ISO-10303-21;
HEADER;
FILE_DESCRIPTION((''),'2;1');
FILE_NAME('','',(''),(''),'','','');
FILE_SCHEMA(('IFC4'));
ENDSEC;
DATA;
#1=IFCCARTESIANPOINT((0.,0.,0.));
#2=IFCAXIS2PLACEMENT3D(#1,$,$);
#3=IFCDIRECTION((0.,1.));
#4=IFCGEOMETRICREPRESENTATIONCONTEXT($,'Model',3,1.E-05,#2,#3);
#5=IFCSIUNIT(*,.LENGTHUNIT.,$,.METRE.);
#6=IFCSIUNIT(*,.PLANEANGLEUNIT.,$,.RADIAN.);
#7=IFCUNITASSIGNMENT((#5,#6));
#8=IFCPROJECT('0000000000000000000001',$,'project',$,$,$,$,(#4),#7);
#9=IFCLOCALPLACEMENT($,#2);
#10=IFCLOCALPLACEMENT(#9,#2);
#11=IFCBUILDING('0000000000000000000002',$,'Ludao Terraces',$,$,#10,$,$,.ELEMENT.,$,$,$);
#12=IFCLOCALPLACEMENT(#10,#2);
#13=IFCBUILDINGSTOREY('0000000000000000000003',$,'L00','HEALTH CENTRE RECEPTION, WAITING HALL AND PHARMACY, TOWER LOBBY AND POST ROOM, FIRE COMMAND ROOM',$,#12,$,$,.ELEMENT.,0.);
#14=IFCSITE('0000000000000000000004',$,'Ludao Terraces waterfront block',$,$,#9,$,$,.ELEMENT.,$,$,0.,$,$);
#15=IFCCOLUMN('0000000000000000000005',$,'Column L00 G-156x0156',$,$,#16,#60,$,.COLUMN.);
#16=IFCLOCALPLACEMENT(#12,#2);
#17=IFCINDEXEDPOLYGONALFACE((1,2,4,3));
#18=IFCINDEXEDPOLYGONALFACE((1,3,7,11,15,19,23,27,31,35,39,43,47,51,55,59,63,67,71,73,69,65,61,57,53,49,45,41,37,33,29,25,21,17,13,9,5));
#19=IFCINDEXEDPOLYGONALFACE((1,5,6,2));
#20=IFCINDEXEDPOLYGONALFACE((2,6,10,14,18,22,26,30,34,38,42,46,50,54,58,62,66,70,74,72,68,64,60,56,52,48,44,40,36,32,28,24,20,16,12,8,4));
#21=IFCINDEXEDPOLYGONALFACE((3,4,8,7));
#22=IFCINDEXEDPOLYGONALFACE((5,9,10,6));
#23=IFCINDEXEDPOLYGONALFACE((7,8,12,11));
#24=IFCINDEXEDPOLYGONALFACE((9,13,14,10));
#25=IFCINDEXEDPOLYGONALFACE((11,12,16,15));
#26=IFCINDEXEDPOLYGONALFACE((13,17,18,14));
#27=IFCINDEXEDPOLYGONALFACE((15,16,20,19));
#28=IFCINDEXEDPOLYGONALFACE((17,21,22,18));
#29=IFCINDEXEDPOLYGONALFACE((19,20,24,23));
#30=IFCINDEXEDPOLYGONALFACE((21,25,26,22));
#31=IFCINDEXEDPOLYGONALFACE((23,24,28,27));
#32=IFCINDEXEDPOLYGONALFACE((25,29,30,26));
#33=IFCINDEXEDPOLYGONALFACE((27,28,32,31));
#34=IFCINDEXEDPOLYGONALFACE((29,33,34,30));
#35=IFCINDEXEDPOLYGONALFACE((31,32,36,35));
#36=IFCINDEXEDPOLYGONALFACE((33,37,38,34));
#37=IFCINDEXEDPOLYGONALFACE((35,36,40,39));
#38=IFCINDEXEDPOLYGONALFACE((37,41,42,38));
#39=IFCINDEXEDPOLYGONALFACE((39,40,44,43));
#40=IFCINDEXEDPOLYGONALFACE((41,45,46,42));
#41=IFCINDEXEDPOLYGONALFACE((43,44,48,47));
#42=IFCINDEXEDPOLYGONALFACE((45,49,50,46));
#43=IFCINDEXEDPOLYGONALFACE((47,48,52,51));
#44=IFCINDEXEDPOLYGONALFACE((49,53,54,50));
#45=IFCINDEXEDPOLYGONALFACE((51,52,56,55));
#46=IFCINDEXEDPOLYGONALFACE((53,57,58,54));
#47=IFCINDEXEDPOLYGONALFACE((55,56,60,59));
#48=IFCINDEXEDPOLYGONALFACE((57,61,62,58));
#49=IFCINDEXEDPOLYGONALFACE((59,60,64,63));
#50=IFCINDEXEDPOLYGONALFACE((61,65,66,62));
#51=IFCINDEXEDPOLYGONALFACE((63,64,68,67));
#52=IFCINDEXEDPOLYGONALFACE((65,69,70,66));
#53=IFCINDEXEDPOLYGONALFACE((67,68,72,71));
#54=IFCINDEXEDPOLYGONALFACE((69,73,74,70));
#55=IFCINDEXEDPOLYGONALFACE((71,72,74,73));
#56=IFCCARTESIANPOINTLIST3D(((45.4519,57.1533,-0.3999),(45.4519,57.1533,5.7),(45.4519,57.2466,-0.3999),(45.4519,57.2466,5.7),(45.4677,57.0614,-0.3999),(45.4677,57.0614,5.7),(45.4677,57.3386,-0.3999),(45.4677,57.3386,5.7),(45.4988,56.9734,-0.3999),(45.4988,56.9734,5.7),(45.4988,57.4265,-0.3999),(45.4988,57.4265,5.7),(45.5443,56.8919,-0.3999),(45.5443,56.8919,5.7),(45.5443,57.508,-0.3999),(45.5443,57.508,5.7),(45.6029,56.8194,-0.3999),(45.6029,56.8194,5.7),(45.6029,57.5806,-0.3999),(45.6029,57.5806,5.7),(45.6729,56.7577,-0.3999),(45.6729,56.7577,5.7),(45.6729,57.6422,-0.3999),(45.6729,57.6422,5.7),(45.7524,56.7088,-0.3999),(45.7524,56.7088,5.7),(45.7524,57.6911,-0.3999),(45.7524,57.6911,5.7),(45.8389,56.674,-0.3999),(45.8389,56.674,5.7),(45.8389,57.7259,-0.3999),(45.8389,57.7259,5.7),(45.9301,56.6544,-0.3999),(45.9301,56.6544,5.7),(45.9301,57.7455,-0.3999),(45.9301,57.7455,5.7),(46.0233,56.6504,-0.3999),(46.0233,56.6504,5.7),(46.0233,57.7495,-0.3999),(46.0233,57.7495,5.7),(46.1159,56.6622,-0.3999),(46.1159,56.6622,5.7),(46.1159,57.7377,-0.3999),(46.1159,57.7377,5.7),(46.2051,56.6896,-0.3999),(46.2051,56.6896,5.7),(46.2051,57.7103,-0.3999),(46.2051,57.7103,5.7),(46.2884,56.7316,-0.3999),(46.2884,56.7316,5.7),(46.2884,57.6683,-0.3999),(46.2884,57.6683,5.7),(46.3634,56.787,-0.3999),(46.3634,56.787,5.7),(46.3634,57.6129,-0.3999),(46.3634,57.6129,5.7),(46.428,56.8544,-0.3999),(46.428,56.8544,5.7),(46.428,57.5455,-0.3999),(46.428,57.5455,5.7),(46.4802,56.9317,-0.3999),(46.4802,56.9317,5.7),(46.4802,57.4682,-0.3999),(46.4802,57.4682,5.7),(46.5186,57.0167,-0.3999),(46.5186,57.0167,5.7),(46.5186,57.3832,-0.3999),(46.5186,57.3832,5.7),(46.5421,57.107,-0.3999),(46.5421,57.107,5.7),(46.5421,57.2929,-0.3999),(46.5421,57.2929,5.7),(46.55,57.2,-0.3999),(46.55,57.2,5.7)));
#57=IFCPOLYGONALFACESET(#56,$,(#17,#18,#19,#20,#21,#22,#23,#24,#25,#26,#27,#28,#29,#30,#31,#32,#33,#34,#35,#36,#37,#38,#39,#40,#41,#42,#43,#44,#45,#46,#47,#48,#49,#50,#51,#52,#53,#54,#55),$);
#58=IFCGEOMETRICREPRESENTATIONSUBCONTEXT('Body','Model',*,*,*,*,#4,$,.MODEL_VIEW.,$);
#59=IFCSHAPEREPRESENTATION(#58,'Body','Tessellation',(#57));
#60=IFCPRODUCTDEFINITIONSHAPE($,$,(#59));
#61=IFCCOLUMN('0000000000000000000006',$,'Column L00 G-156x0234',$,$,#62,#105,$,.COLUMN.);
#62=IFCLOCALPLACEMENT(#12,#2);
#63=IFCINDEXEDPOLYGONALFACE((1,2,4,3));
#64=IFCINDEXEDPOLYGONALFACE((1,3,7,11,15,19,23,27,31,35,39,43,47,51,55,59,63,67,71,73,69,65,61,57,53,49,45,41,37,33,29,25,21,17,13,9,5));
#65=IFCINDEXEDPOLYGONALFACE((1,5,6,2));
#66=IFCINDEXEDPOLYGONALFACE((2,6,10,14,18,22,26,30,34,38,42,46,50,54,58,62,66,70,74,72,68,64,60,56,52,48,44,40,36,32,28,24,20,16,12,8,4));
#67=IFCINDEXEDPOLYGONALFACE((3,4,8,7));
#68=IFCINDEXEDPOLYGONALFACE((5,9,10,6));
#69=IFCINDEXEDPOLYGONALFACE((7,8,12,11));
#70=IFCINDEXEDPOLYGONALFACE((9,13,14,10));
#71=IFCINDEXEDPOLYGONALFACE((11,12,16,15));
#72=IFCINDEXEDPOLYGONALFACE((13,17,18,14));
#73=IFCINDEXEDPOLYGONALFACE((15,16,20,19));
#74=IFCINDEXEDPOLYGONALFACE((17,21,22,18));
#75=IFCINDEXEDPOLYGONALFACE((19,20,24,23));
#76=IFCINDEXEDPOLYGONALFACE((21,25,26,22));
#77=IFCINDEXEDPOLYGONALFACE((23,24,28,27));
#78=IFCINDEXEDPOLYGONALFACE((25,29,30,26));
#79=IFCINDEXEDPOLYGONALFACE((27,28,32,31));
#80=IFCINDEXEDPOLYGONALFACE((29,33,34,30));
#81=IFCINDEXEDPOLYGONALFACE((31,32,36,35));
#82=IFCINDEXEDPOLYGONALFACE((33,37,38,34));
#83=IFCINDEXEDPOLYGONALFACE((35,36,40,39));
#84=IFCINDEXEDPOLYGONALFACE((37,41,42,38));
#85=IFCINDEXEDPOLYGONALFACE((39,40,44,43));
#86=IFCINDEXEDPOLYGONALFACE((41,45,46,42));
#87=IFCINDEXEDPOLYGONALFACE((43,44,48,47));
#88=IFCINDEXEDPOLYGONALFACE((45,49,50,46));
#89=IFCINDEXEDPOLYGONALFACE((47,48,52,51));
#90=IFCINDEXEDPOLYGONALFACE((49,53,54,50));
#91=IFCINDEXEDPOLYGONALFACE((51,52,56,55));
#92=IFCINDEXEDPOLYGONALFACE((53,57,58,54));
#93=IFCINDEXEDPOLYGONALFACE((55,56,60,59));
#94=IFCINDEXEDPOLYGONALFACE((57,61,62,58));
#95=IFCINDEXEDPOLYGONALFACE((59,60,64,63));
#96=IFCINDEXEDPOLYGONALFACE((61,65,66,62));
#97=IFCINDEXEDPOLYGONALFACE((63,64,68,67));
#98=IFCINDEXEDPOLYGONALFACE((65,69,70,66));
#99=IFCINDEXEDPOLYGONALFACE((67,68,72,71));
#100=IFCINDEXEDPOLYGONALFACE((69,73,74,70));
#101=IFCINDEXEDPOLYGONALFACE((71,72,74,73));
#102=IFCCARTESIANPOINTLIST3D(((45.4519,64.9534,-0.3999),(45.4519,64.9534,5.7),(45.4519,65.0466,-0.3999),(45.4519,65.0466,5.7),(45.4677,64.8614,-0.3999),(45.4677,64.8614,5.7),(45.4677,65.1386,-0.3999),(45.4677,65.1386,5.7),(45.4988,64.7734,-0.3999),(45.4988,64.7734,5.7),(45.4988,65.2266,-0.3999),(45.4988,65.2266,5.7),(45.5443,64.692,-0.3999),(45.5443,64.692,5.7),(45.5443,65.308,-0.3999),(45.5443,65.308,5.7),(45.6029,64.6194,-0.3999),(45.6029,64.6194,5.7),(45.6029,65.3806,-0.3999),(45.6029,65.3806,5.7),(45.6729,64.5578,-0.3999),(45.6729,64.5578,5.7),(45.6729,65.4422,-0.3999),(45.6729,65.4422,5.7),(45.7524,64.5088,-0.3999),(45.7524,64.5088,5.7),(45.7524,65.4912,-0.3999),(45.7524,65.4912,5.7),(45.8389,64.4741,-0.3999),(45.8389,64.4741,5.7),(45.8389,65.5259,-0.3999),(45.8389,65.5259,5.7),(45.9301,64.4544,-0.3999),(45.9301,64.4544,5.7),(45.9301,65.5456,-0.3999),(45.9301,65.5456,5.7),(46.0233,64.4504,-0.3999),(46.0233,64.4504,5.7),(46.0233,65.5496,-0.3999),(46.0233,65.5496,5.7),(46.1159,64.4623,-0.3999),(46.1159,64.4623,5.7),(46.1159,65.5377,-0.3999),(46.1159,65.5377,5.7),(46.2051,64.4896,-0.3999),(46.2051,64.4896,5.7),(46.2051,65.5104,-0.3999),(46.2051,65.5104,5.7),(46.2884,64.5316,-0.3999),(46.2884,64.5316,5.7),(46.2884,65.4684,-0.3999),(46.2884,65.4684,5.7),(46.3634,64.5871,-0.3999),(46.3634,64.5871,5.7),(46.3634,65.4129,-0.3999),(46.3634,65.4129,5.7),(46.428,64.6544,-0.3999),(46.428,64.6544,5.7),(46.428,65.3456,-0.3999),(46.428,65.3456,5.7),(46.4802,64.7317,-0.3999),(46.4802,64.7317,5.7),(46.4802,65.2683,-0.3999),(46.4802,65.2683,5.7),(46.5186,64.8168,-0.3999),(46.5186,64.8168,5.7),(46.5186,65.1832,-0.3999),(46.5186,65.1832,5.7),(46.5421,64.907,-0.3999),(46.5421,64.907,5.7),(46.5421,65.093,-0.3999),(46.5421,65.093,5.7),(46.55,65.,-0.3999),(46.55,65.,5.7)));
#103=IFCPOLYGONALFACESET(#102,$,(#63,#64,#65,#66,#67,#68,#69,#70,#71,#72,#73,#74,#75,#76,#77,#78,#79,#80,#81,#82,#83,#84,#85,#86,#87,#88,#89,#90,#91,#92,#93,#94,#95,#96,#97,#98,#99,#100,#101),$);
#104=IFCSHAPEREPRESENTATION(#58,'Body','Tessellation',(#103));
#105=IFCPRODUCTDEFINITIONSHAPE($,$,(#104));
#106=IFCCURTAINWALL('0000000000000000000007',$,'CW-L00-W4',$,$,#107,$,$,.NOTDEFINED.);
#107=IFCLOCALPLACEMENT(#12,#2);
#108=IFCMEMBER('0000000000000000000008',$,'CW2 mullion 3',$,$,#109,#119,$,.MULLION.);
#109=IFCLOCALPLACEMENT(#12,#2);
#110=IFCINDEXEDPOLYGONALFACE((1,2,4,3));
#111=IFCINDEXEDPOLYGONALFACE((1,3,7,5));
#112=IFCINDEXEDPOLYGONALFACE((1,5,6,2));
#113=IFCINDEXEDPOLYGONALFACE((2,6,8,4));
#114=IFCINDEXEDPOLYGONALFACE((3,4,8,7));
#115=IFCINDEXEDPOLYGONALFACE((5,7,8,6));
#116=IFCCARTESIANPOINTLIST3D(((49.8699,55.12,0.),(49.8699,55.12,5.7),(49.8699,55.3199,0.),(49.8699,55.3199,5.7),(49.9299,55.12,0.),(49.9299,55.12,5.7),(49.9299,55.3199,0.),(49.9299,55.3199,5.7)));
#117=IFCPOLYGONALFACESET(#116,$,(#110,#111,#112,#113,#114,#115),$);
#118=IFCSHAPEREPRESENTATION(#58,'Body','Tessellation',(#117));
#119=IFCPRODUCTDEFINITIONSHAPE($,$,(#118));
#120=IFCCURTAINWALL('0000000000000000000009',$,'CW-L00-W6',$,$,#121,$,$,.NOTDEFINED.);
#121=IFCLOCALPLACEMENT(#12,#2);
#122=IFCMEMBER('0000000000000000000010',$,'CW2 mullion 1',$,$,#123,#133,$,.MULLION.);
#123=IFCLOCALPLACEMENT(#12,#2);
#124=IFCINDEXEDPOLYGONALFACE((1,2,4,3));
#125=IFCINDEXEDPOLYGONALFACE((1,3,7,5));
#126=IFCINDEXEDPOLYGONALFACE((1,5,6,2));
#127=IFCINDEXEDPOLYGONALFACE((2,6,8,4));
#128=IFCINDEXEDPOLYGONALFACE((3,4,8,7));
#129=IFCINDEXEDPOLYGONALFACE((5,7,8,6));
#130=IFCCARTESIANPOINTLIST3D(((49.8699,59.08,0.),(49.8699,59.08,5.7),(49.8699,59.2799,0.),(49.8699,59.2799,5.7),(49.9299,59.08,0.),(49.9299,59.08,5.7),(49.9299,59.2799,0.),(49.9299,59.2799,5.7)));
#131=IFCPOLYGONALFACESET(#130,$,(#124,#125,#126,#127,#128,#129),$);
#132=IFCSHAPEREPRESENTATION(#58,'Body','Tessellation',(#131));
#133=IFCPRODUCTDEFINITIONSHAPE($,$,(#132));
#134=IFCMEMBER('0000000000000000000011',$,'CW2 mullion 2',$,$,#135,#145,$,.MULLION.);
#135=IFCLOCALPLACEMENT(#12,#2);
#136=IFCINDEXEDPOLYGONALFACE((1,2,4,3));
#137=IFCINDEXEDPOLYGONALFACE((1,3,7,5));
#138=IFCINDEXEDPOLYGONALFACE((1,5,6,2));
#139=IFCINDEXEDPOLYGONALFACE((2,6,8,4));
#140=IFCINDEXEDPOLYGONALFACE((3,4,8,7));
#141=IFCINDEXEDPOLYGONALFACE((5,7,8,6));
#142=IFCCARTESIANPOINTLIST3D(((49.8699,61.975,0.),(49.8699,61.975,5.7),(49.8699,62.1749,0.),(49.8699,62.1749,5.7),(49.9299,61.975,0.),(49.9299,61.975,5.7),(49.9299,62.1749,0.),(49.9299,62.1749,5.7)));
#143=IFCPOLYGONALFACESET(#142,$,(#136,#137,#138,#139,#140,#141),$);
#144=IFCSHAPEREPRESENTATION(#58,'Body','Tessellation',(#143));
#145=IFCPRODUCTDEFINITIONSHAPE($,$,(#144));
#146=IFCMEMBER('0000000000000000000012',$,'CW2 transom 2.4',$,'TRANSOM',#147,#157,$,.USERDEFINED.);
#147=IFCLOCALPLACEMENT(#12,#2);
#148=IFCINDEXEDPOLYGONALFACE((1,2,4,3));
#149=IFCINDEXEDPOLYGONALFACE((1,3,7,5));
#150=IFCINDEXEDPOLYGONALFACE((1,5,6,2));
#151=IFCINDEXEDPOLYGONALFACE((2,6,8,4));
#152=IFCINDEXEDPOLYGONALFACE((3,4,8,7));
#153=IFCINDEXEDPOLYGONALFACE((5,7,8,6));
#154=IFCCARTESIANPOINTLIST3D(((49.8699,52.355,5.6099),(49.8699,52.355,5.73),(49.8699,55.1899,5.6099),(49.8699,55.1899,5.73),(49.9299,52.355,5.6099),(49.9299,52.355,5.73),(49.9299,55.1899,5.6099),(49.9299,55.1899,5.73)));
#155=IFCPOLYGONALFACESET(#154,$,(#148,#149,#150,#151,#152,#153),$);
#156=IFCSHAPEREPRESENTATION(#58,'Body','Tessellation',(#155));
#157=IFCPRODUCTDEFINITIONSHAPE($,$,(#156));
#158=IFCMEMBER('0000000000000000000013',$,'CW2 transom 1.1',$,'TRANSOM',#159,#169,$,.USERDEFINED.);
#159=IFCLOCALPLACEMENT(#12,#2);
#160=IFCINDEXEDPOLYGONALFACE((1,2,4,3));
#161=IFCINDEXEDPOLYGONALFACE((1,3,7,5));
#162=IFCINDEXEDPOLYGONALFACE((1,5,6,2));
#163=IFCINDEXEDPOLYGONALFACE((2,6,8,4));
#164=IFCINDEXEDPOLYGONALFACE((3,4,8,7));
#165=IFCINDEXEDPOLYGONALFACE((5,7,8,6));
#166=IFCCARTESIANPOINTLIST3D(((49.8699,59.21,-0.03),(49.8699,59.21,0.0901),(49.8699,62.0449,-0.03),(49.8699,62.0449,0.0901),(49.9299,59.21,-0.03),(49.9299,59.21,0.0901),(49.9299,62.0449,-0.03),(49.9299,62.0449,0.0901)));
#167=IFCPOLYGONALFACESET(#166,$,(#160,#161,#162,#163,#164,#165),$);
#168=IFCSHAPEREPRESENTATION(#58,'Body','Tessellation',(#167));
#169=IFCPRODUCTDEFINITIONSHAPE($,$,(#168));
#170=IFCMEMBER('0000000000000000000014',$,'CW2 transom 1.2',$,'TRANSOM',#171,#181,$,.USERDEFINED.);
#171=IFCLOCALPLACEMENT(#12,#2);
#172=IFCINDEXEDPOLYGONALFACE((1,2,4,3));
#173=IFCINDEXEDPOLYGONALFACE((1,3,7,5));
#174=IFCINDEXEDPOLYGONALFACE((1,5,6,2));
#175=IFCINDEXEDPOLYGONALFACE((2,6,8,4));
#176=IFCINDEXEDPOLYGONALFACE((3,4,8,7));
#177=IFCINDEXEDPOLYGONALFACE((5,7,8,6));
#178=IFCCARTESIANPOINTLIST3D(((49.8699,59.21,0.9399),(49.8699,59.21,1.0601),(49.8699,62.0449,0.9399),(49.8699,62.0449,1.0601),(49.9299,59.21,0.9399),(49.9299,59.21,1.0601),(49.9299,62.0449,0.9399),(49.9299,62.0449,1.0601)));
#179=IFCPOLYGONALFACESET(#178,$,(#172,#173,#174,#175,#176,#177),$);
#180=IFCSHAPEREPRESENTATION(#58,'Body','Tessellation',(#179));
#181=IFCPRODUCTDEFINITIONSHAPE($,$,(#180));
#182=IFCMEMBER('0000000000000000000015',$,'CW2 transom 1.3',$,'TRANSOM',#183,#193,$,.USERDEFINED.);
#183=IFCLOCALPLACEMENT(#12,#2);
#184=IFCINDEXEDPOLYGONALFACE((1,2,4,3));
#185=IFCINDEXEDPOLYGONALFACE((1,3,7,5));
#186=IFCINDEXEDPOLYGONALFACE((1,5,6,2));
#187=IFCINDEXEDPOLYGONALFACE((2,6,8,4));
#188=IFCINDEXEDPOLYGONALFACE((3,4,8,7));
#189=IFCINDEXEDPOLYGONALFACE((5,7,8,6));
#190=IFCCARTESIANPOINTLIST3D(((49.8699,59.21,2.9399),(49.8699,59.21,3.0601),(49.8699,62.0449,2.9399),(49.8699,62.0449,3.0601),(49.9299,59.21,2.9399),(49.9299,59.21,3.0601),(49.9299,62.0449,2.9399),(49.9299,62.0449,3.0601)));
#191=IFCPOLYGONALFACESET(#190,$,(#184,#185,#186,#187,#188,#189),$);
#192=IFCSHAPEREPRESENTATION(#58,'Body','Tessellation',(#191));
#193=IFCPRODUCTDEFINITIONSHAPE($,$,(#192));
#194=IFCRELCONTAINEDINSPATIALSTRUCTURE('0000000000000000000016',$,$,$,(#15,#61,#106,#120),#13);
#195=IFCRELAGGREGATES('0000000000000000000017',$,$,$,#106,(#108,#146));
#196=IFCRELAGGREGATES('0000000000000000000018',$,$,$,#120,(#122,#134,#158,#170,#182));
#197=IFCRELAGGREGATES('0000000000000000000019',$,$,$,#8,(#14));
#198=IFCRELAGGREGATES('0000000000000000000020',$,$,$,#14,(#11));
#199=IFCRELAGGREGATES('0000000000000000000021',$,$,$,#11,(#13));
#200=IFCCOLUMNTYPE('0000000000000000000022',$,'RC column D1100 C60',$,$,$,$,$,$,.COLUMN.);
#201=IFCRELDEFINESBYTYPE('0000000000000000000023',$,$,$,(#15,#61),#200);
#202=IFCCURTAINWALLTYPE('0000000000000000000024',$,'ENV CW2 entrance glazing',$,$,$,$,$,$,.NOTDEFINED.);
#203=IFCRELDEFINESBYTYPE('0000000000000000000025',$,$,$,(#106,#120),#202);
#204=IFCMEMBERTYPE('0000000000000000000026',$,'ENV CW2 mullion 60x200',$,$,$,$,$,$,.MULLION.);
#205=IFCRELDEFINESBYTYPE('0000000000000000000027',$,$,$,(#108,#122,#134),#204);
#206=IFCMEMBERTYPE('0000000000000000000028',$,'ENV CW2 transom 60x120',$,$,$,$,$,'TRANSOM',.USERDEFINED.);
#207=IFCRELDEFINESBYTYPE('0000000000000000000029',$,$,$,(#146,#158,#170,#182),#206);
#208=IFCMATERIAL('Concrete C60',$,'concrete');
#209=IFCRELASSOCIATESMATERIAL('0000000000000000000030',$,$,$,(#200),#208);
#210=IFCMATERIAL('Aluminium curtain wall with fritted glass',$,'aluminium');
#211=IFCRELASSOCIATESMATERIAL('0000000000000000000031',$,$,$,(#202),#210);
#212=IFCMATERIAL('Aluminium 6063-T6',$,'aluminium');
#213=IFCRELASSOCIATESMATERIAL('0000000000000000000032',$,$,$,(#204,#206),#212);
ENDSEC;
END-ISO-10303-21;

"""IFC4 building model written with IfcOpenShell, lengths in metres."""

from ifc_helpers import new_model, si_unit, direction, frame, origin, origin_2d, place, context, subcontext, project, spatial, rectangle, circle, extrude, material, material_profile, profile_set, type_object, element, aggregate, save


model = new_model("IFC4")

# Units and contexts
model_context = context("Model", 3, precision=1e-05, world=origin(), true_north=direction((0.0, 1.0)))
body_context = subcontext(model_context, "Body", "Model", "MODEL_VIEW")
ifc_project = project(units=[si_unit("LENGTHUNIT", "METRE"), si_unit("PLANEANGLEUNIT", "RADIAN")], contexts=[model_context])

# Site, building, storey
site_placement = place(None, origin())
site = spatial("IfcSite", under=ifc_project, at=site_placement, Name="Ludao Terraces waterfront block", CompositionType="ELEMENT", RefElevation=0.0)
building_placement = place(site_placement, origin())
building = spatial("IfcBuilding", under=site, at=building_placement, Name="Ludao Terraces", CompositionType="ELEMENT")
storey_placement = place(building_placement, origin())
storey = spatial("IfcBuildingStorey", under=building, at=storey_placement, Name="L00", Description="HEALTH CENTRE RECEPTION, WAITING HALL AND PHARMACY, TOWER LOBBY AND POST ROOM, FIRE COMMAND ROOM", CompositionType="ELEMENT", Elevation=0.0)

# Columns
ifc_material_1 = material(Name="Concrete C60", Category="concrete")
ifc_material_profile_1 = material_profile(ifc_material_1, circle(Radius=0.55, at=origin_2d()), Name="D1100")
ifc_profile_set_1 = profile_set([ifc_material_profile_1], Name="Concrete C60")
column_type = type_object("IfcColumnType", Name="RC column D1100 C60", PredefinedType="COLUMN", material=ifc_profile_set_1)
for number, where, z_axis, x_axis, name in (
    (1, (46.0, 57.2, -0.3999), (0.0, 0.0, 1.0), (1.0, 0.0, 0.0), "Column L00 G-156x0156"),
    (2, (46.0, 65.0, -0.3999), (0.0, 0.0, 1.0), (1.0, 0.0, 0.0), "Column L00 G-156x0234"),
):
    element("IfcColumn", number, at=place(storey_placement, frame(where, z_axis=z_axis, x_axis=x_axis)), inside=storey, type_object=column_type, Name=name, PredefinedType="COLUMN", context=body_context, shape_type="SweptSolid", body=[
        extrude(circle(Radius=0.55, at=origin_2d()), origin(), (0.0, 0.0, 1.0), 6.0999),
    ])

# Curtain wall, member
ifc_material_2 = material(Name="Aluminium curtain wall with fritted glass", Category="aluminium")
curtain_wall_type = type_object("IfcCurtainWallType", Name="ENV CW2 entrance glazing", PredefinedType="NOTDEFINED", material=ifc_material_2)
curtain_wall_1_placement = place(storey_placement, origin())
curtain_wall_1 = element("IfcCurtainWall", 3, at=curtain_wall_1_placement, inside=storey, type_object=curtain_wall_type, Name="CW-L00-W4", PredefinedType="NOTDEFINED")
ifc_material_3 = material(Name="Aluminium 6063-T6", Category="aluminium")
ifc_material_profile_2 = material_profile(ifc_material_3, rectangle(XDim=0.0601, YDim=0.2, at=origin_2d()), Name="60 X 200")
ifc_profile_set_2 = profile_set([ifc_material_profile_2], Name="Aluminium 6063-T6")
member_type_1 = type_object("IfcMemberType", Name="ENV CW2 mullion 60x200", PredefinedType="MULLION", material=ifc_profile_set_2)
member_1_placement = place(storey_placement, frame((49.8999, 55.22, 0.0), z_axis=(0.0, 0.0, 1.0), x_axis=(-1.0, 0.0, 0.0)))
member_1 = element("IfcMember", 4, at=member_1_placement, type_object=member_type_1, Name="CW2 mullion 3", PredefinedType="MULLION", context=body_context, shape_type="SweptSolid", body=[
    extrude(rectangle(XDim=0.0601, YDim=0.2, at=origin_2d()), origin(), (0.0, 0.0, 1.0), 5.7),
])

# Curtain wall, members
curtain_wall_2_placement = place(storey_placement, origin())
curtain_wall_2 = element("IfcCurtainWall", 5, at=curtain_wall_2_placement, inside=storey, type_object=curtain_wall_type, Name="CW-L00-W6", PredefinedType="NOTDEFINED")
member_2_placement = place(storey_placement, frame((49.8999, 59.1799, 0.0), z_axis=(0.0, 0.0, 1.0), x_axis=(-1.0, 0.0, 0.0)))
member_2 = element("IfcMember", 6, at=member_2_placement, type_object=member_type_1, Name="CW2 mullion 1", PredefinedType="MULLION", context=body_context, shape_type="SweptSolid", body=[
    extrude(rectangle(XDim=0.0601, YDim=0.2, at=origin_2d()), origin(), (0.0, 0.0, 1.0), 5.7),
])
member_3_placement = place(storey_placement, frame((49.8999, 62.075, 0.0), z_axis=(0.0, 0.0, 1.0), x_axis=(-1.0, 0.0, 0.0)))
member_3 = element("IfcMember", 7, at=member_3_placement, type_object=member_type_1, Name="CW2 mullion 2", PredefinedType="MULLION", context=body_context, shape_type="SweptSolid", body=[
    extrude(rectangle(XDim=0.0601, YDim=0.2, at=origin_2d()), origin(), (0.0, 0.0, 1.0), 5.7),
])

# Members
ifc_material_profile_3 = material_profile(ifc_material_3, rectangle(XDim=0.0601, YDim=0.1201, at=origin_2d()), Name="60 X 120")
ifc_profile_set_3 = profile_set([ifc_material_profile_3], Name="Aluminium 6063-T6")
member_type_2 = type_object("IfcMemberType", Name="ENV CW2 transom 60x120", ElementType="TRANSOM", PredefinedType="USERDEFINED", material=ifc_profile_set_3)
member_4_placement = place(storey_placement, frame((49.8999, 52.355, 5.6699), z_axis=(0.0, 1.0, 0.0), x_axis=(-1.0, 0.0, 0.0)))
member_4 = element("IfcMember", 8, at=member_4_placement, type_object=member_type_2, Name="CW2 transom 2.4", ObjectType="TRANSOM", PredefinedType="USERDEFINED", context=body_context, shape_type="SweptSolid", body=[
    extrude(rectangle(XDim=0.0601, YDim=0.1201, at=origin_2d()), origin(), (0.0, 0.0, 1.0), 2.835),
])
member_5_placement = place(storey_placement, frame((49.8999, 59.21, 0.03), z_axis=(0.0, 1.0, 0.0), x_axis=(-1.0, 0.0, 0.0)))
member_5 = element("IfcMember", 9, at=member_5_placement, type_object=member_type_2, Name="CW2 transom 1.1", ObjectType="TRANSOM", PredefinedType="USERDEFINED", context=body_context, shape_type="SweptSolid", body=[
    extrude(rectangle(XDim=0.0601, YDim=0.1201, at=origin_2d()), origin(), (0.0, 0.0, 1.0), 2.835),
])
member_6_placement = place(storey_placement, frame((49.8999, 59.21, 1.0), z_axis=(0.0, 1.0, 0.0), x_axis=(-1.0, 0.0, 0.0)))
member_6 = element("IfcMember", 10, at=member_6_placement, type_object=member_type_2, Name="CW2 transom 1.2", ObjectType="TRANSOM", PredefinedType="USERDEFINED", context=body_context, shape_type="SweptSolid", body=[
    extrude(rectangle(XDim=0.0601, YDim=0.1201, at=origin_2d()), origin(), (0.0, 0.0, 1.0), 2.835),
])
member_7_placement = place(storey_placement, frame((49.8999, 59.21, 3.0), z_axis=(0.0, 1.0, 0.0), x_axis=(-1.0, 0.0, 0.0)))
member_7 = element("IfcMember", 11, at=member_7_placement, type_object=member_type_2, Name="CW2 transom 1.3", ObjectType="TRANSOM", PredefinedType="USERDEFINED", context=body_context, shape_type="SweptSolid", body=[
    extrude(rectangle(XDim=0.0601, YDim=0.1201, at=origin_2d()), origin(), (0.0, 0.0, 1.0), 2.835),
])

aggregate(curtain_wall_1, [member_1, member_4])
aggregate(curtain_wall_2, [member_2, member_3, member_5, member_6, member_7])

save(model, "model.ifc")
